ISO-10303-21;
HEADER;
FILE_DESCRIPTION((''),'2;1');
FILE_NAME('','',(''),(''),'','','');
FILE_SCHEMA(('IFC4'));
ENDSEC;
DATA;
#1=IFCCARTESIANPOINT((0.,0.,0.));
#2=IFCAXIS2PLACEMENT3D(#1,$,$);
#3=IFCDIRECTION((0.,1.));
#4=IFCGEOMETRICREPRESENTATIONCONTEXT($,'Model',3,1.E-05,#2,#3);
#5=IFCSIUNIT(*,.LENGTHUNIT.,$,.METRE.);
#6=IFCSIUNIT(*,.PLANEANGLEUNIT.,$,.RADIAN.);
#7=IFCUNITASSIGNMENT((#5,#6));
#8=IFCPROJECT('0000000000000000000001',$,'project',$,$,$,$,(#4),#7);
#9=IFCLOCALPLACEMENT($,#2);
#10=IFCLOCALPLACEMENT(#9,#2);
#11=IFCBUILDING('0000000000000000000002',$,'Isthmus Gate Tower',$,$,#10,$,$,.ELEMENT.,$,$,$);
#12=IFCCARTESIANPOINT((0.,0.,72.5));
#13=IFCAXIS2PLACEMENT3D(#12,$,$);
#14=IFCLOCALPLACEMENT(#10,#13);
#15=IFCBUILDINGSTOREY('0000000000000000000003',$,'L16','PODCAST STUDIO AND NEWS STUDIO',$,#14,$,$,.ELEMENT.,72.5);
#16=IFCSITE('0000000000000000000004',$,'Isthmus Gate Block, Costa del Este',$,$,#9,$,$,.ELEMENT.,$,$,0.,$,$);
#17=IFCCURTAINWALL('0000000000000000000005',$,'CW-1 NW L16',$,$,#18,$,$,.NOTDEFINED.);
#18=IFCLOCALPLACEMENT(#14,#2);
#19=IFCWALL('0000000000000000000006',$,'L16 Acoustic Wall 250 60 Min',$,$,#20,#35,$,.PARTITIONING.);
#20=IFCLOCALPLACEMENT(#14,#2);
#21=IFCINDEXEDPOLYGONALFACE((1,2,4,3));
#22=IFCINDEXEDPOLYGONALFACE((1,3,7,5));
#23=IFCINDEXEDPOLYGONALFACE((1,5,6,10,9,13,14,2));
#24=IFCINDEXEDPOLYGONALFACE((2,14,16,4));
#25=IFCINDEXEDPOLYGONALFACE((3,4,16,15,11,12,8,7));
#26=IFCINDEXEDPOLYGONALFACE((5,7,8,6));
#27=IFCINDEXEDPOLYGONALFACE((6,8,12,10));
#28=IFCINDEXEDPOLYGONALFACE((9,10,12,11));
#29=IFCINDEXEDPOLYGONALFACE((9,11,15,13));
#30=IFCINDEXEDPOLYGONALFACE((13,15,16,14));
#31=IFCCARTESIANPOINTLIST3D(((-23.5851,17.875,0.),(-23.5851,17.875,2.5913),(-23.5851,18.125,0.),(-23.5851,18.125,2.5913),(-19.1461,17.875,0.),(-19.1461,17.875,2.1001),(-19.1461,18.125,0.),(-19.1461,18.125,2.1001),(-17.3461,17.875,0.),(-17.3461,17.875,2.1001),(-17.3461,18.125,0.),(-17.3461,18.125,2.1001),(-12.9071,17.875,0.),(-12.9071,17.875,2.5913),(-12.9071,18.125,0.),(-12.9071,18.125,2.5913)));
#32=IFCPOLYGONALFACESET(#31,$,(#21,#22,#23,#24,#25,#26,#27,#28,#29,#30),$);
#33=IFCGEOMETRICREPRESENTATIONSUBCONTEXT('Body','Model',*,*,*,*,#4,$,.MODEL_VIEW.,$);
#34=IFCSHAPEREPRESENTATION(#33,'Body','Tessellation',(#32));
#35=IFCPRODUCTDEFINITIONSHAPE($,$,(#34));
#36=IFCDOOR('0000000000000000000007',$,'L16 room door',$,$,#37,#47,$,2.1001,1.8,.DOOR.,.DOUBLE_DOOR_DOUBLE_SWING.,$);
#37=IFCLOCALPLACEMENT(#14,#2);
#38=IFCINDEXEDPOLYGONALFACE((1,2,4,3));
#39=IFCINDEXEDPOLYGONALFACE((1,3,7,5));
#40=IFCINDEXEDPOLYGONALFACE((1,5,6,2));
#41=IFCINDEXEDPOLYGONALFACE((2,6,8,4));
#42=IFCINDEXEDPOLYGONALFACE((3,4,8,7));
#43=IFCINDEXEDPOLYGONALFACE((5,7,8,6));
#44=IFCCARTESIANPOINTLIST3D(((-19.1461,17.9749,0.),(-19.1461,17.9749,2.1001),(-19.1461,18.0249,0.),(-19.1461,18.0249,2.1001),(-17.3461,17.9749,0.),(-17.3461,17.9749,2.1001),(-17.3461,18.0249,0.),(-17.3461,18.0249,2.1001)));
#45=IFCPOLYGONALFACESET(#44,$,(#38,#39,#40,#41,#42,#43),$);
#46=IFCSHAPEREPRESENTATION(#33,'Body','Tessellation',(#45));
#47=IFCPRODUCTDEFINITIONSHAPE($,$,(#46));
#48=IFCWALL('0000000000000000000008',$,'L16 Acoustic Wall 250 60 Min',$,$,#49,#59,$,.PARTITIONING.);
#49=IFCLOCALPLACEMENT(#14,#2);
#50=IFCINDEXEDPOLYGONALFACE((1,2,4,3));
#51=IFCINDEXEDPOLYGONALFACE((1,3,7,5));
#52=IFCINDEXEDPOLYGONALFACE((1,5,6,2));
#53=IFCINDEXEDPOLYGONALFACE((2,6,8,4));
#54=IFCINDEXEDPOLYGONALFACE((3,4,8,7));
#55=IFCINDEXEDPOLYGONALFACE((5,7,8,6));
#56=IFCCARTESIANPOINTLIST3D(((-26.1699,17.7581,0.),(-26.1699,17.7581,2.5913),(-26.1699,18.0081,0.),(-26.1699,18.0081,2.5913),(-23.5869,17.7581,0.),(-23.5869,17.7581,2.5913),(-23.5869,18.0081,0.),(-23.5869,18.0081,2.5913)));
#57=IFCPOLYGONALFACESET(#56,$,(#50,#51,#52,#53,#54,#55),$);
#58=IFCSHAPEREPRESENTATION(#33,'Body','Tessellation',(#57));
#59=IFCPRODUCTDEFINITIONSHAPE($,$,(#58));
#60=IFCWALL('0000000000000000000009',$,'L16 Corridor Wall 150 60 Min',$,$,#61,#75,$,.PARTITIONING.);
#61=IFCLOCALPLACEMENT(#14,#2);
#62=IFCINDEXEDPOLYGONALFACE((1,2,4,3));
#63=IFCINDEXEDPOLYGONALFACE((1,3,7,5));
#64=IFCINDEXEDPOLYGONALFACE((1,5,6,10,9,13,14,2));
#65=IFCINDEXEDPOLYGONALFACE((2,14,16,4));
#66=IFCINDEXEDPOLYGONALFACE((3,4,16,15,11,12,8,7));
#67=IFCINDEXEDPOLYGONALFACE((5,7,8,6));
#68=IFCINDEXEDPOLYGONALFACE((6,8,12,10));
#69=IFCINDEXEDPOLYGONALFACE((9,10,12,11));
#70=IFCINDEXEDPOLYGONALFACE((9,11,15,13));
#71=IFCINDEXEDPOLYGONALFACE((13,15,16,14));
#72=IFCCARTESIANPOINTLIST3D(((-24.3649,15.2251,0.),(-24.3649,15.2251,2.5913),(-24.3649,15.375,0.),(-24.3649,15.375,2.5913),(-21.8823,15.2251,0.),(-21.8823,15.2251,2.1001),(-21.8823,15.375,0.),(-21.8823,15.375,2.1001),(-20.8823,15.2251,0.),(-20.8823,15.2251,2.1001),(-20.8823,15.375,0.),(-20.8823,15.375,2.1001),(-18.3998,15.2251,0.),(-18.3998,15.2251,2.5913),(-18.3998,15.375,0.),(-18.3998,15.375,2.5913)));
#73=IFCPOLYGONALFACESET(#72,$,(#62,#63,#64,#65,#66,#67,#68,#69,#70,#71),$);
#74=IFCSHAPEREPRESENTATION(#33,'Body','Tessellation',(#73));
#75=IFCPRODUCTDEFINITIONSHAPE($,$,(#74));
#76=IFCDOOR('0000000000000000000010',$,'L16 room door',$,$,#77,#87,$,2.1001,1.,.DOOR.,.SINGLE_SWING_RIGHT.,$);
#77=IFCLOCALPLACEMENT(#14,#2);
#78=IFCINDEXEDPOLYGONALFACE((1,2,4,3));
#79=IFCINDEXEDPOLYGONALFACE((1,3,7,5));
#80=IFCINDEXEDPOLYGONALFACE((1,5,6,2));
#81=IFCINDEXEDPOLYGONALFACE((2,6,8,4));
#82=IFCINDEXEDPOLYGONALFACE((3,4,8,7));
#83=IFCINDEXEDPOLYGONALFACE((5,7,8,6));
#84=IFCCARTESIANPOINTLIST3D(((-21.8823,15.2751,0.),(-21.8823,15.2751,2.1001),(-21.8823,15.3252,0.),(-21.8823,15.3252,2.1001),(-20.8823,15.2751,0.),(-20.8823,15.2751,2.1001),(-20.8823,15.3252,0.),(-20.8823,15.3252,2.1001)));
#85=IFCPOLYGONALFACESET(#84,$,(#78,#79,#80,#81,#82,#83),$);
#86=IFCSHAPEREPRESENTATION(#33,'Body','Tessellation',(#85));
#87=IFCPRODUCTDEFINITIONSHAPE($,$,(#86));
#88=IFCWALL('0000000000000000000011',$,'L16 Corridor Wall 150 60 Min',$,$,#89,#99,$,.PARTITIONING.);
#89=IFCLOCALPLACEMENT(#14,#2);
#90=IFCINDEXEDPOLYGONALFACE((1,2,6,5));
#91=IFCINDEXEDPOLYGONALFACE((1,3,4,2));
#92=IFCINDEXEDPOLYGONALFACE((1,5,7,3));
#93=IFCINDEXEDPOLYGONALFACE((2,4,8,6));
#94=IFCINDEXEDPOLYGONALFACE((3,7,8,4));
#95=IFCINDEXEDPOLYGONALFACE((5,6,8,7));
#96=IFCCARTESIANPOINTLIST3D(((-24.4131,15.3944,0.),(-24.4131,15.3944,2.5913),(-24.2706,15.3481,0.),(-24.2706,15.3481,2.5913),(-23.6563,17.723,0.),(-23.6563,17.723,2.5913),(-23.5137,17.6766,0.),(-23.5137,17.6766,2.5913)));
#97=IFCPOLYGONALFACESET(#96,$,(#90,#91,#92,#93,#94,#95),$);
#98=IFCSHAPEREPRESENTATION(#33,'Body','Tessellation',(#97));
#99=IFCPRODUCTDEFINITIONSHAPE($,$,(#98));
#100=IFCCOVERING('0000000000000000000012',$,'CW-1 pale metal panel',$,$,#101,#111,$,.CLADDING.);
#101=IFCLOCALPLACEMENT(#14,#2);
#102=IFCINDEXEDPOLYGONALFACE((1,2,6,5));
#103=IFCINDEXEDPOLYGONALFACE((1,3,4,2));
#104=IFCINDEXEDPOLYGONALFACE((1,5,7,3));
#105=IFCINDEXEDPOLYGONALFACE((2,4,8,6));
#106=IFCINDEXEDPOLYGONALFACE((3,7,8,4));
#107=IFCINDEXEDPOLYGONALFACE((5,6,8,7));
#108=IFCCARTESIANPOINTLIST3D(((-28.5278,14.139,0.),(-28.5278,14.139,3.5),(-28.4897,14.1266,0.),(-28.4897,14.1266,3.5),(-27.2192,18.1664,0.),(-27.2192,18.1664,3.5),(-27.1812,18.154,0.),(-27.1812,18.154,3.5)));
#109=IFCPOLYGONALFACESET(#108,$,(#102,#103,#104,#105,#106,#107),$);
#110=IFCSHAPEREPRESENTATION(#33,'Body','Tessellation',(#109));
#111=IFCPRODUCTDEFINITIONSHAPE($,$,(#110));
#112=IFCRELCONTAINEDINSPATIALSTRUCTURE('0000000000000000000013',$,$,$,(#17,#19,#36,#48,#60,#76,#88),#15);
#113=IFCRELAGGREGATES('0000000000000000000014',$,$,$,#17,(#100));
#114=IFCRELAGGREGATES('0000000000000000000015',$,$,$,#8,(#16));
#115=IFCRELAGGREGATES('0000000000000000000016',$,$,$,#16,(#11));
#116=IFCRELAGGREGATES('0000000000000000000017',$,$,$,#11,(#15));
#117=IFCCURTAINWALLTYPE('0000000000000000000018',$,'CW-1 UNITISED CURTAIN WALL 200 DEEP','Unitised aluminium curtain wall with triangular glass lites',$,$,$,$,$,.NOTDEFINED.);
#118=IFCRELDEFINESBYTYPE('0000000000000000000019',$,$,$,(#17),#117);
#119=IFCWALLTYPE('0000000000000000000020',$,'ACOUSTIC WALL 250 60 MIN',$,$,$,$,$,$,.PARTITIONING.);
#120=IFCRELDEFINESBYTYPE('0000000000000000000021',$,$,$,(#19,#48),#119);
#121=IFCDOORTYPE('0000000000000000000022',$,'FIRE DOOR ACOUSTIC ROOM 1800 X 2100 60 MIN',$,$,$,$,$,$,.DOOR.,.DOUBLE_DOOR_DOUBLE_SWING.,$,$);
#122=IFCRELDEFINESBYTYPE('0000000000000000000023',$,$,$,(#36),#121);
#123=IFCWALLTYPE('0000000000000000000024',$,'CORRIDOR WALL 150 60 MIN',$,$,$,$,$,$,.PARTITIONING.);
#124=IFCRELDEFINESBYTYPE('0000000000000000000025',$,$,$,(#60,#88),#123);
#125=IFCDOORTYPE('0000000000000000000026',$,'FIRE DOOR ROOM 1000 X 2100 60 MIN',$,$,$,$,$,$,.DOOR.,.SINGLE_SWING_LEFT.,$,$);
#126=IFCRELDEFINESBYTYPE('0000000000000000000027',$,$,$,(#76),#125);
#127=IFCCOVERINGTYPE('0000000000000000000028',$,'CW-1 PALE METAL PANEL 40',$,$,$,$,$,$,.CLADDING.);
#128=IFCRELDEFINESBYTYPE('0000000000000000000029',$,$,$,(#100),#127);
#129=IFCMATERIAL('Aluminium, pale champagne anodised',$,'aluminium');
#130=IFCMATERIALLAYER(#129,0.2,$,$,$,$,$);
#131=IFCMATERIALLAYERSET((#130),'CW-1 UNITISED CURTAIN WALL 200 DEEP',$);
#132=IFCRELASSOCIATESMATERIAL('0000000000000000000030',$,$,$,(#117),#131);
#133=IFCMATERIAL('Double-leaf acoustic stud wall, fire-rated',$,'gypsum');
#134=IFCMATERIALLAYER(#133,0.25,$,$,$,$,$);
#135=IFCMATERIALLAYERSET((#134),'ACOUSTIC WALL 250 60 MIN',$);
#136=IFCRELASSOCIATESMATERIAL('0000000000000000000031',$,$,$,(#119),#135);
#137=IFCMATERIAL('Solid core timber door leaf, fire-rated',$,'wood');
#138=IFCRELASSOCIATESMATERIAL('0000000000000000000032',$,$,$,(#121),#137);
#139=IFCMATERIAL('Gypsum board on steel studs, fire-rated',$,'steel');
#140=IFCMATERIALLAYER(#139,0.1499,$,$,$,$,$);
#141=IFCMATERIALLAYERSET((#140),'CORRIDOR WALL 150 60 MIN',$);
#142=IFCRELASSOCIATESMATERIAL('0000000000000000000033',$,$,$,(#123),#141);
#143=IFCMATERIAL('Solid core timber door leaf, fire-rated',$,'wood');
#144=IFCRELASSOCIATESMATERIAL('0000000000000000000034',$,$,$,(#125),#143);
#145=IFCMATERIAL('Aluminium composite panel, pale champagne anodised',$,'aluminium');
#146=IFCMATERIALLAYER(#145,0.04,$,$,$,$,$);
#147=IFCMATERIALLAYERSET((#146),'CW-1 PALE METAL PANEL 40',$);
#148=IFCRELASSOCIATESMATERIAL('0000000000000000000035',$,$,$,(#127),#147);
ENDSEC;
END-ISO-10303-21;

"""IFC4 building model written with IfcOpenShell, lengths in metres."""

from ifc_helpers import new_model, si_unit, direction, frame, frame_2d, origin, origin_2d, place, context, subcontext, project, spatial, rectangle, extrude, material, layer, layer_set, type_object, element, fill, aggregate, save


model = new_model("IFC4")

# Units and contexts
model_context = context("Model", 3, precision=1e-05, world=origin(), true_north=direction((0.0, 1.0)))
body_context = subcontext(model_context, "Body", "Model", "MODEL_VIEW")
ifc_project = project(units=[si_unit("LENGTHUNIT", "METRE"), si_unit("PLANEANGLEUNIT", "RADIAN")], contexts=[model_context])

# Site, building, storey
site_placement = place(None, origin())
site = spatial("IfcSite", under=ifc_project, at=site_placement, Name="Isthmus Gate Block, Costa del Este", CompositionType="ELEMENT", RefElevation=0.0)
building_placement = place(site_placement, origin())
building = spatial("IfcBuilding", under=site, at=building_placement, Name="Isthmus Gate Tower", CompositionType="ELEMENT")
storey_placement = place(building_placement, frame((0.0, 0.0, 72.5)))
storey = spatial("IfcBuildingStorey", under=building, at=storey_placement, Name="L16", Description="PODCAST STUDIO AND NEWS STUDIO", CompositionType="ELEMENT", Elevation=72.5)

# Shared definitions
ifc_material_1 = material(Name="Aluminium, pale champagne anodised", Category="aluminium")
ifc_layer_1 = layer(ifc_material_1, 0.2)
ifc_layer_set_1 = layer_set([ifc_layer_1], Name="CW-1 UNITISED CURTAIN WALL 200 DEEP")
curtain_wall_type = type_object("IfcCurtainWallType", Name="CW-1 UNITISED CURTAIN WALL 200 DEEP", Description="Unitised aluminium curtain wall with triangular glass lites", PredefinedType="NOTDEFINED", material=ifc_layer_set_1)

# Curtain wall
curtain_wall_1_placement = place(storey_placement, origin())
curtain_wall_1 = element("IfcCurtainWall", 1, at=curtain_wall_1_placement, inside=storey, type_object=curtain_wall_type, Name="CW-1 NW L16", PredefinedType="NOTDEFINED")

# Wall, opening, door
ifc_material_2 = material(Name="Double-leaf acoustic stud wall, fire-rated", Category="gypsum")
ifc_layer_2 = layer(ifc_material_2, 0.25)
ifc_layer_set_2 = layer_set([ifc_layer_2], Name="ACOUSTIC WALL 250 60 MIN")
wall_type_1 = type_object("IfcWallType", Name="ACOUSTIC WALL 250 60 MIN", PredefinedType="PARTITIONING", material=ifc_layer_set_2)
wall_1_placement = place(storey_placement, frame((-23.585, 18.0, 0.0), z_axis=(0.0, 0.0, 1.0), x_axis=(1.0, 0.0, 0.0)))
wall_1 = element("IfcWall", 2, at=wall_1_placement, inside=storey, type_object=wall_type_1, Name="L16 Acoustic Wall 250 60 Min", PredefinedType="PARTITIONING", context=body_context, shape_type="SweptSolid", body=[
    extrude(rectangle(XDim=10.678, YDim=0.25, at=frame_2d((5.3389, 0.0))), origin(), (0.0, 0.0, 1.0), 2.5913),
])
opening_1_placement = place(wall_1_placement, frame((4.439, 0.0, 0.0)))
opening_1 = element("IfcOpeningElement", 3, at=opening_1_placement, cuts=wall_1, PredefinedType="OPENING", context=body_context, shape_type="SweptSolid", body=[
    extrude(rectangle(XDim=1.8, YDim=2.1001, at=frame_2d((0.8999, 1.05))), frame((0.0, 0.135, 0.0), z_axis=(0.0, -1.0, 0.0), x_axis=(1.0, 0.0, 0.0)), (0.0, 0.0, 1.0), 0.27),
])
ifc_material_3 = material(Name="Solid core timber door leaf, fire-rated", Category="wood")
door_type_1 = type_object("IfcDoorType", Name="FIRE DOOR ACOUSTIC ROOM 1800 X 2100 60 MIN", OperationType="DOUBLE_DOOR_DOUBLE_SWING", PredefinedType="DOOR", material=ifc_material_3)
door_1_placement = place(opening_1_placement, origin())
door_1 = element("IfcDoor", 4, at=door_1_placement, inside=storey, type_object=door_type_1, Name="L16 room door", OperationType="DOUBLE_DOOR_DOUBLE_SWING", OverallHeight=2.1001, OverallWidth=1.8, PredefinedType="DOOR", context=body_context, shape_type="SweptSolid", body=[
    extrude(rectangle(XDim=1.8, YDim=2.1001, at=frame_2d((0.8999, 1.05))), frame((0.0, 0.0249, 0.0), z_axis=(0.0, -1.0, 0.0), x_axis=(1.0, 0.0, 0.0)), (0.0, 0.0, 1.0), 0.05),
])
fill(opening_1, door_1)

# Wall
wall_2_placement = place(storey_placement, frame((-26.1699, 17.8831, 0.0), z_axis=(0.0, 0.0, 1.0), x_axis=(1.0, 0.0, 0.0)))
element("IfcWall", 5, at=wall_2_placement, inside=storey, type_object=wall_type_1, Name="L16 Acoustic Wall 250 60 Min", PredefinedType="PARTITIONING", context=body_context, shape_type="SweptSolid", body=[
    extrude(rectangle(XDim=2.583, YDim=0.25, at=frame_2d((1.2915, 0.0))), origin(), (0.0, 0.0, 1.0), 2.5913),
])

# Wall, opening, door
ifc_material_4 = material(Name="Gypsum board on steel studs, fire-rated", Category="steel")
ifc_layer_3 = layer(ifc_material_4, 0.1499)
ifc_layer_set_3 = layer_set([ifc_layer_3], Name="CORRIDOR WALL 150 60 MIN")
wall_type_2 = type_object("IfcWallType", Name="CORRIDOR WALL 150 60 MIN", PredefinedType="PARTITIONING", material=ifc_layer_set_3)
wall_3_placement = place(storey_placement, frame((-18.3999, 15.3, 0.0), z_axis=(0.0, 0.0, 1.0), x_axis=(-1.0, 0.0, 0.0)))
wall_3 = element("IfcWall", 6, at=wall_3_placement, inside=storey, type_object=wall_type_2, Name="L16 Corridor Wall 150 60 Min", PredefinedType="PARTITIONING", context=body_context, shape_type="SweptSolid", body=[
    extrude(rectangle(XDim=5.9651, YDim=0.1499, at=frame_2d((2.9824, 0.0))), origin(), (0.0, 0.0, 1.0), 2.5913),
])
opening_2_placement = place(wall_3_placement, frame((2.4824, 0.0, 0.0)))
opening_2 = element("IfcOpeningElement", 7, at=opening_2_placement, cuts=wall_3, PredefinedType="OPENING", context=body_context, shape_type="SweptSolid", body=[
    extrude(rectangle(XDim=1.0, YDim=2.1001, at=frame_2d((0.5, 1.05))), frame((0.0, 0.085, 0.0), z_axis=(0.0, -1.0, 0.0), x_axis=(1.0, 0.0, 0.0)), (0.0, 0.0, 1.0), 0.1699),
])
ifc_material_5 = material(Name="Solid core timber door leaf, fire-rated", Category="wood")
door_type_2 = type_object("IfcDoorType", Name="FIRE DOOR ROOM 1000 X 2100 60 MIN", OperationType="SINGLE_SWING_LEFT", PredefinedType="DOOR", material=ifc_material_5)
door_2_placement = place(opening_2_placement, origin())
door_2 = element("IfcDoor", 8, at=door_2_placement, inside=storey, type_object=door_type_2, Name="L16 room door", OperationType="SINGLE_SWING_RIGHT", OverallHeight=2.1001, OverallWidth=1.0, PredefinedType="DOOR", context=body_context, shape_type="SweptSolid", body=[
    extrude(rectangle(XDim=1.0, YDim=2.1001, at=frame_2d((0.5, 1.05))), frame((0.0, 0.0249, 0.0), z_axis=(0.0, -1.0, 0.0), x_axis=(1.0, 0.0, 0.0)), (0.0, 0.0, 1.0), 0.05),
])
fill(opening_2, door_2)

# Wall
wall_4_placement = place(storey_placement, frame((-24.3418, 15.3713, 0.0), z_axis=(0.0, 0.0, 1.0), x_axis=(0.3091, 0.95103, 0.0)))
element("IfcWall", 9, at=wall_4_placement, inside=storey, type_object=wall_type_2, Name="L16 Corridor Wall 150 60 Min", PredefinedType="PARTITIONING", context=body_context, shape_type="SweptSolid", body=[
    extrude(rectangle(XDim=2.4485, YDim=0.1499, at=frame_2d((1.2241, 0.0))), origin(), (0.0, 0.0, 1.0), 2.5913),
])

# Covering
ifc_material_6 = material(Name="Aluminium composite panel, pale champagne anodised", Category="aluminium")
ifc_layer_4 = layer(ifc_material_6, 0.04)
ifc_layer_set_4 = layer_set([ifc_layer_4], Name="CW-1 PALE METAL PANEL 40")
covering_type = type_object("IfcCoveringType", Name="CW-1 PALE METAL PANEL 40", PredefinedType="CLADDING", material=ifc_layer_set_4)
covering_placement = place(storey_placement, frame((-27.8545, 16.1465, 0.0), z_axis=(0.0, 0.0, 1.0), x_axis=(-0.309017, -0.951057, 0.0)))
covering = element("IfcCovering", 10, at=covering_placement, type_object=covering_type, Name="CW-1 pale metal panel", PredefinedType="CLADDING", context=body_context, shape_type="SweptSolid", body=[
    extrude(rectangle(XDim=4.2346, YDim=0.04, at=origin_2d()), origin(), (0.0, 0.0, 1.0), 3.5),
])
aggregate(curtain_wall_1, [covering])

save(model, "model.ifc")
